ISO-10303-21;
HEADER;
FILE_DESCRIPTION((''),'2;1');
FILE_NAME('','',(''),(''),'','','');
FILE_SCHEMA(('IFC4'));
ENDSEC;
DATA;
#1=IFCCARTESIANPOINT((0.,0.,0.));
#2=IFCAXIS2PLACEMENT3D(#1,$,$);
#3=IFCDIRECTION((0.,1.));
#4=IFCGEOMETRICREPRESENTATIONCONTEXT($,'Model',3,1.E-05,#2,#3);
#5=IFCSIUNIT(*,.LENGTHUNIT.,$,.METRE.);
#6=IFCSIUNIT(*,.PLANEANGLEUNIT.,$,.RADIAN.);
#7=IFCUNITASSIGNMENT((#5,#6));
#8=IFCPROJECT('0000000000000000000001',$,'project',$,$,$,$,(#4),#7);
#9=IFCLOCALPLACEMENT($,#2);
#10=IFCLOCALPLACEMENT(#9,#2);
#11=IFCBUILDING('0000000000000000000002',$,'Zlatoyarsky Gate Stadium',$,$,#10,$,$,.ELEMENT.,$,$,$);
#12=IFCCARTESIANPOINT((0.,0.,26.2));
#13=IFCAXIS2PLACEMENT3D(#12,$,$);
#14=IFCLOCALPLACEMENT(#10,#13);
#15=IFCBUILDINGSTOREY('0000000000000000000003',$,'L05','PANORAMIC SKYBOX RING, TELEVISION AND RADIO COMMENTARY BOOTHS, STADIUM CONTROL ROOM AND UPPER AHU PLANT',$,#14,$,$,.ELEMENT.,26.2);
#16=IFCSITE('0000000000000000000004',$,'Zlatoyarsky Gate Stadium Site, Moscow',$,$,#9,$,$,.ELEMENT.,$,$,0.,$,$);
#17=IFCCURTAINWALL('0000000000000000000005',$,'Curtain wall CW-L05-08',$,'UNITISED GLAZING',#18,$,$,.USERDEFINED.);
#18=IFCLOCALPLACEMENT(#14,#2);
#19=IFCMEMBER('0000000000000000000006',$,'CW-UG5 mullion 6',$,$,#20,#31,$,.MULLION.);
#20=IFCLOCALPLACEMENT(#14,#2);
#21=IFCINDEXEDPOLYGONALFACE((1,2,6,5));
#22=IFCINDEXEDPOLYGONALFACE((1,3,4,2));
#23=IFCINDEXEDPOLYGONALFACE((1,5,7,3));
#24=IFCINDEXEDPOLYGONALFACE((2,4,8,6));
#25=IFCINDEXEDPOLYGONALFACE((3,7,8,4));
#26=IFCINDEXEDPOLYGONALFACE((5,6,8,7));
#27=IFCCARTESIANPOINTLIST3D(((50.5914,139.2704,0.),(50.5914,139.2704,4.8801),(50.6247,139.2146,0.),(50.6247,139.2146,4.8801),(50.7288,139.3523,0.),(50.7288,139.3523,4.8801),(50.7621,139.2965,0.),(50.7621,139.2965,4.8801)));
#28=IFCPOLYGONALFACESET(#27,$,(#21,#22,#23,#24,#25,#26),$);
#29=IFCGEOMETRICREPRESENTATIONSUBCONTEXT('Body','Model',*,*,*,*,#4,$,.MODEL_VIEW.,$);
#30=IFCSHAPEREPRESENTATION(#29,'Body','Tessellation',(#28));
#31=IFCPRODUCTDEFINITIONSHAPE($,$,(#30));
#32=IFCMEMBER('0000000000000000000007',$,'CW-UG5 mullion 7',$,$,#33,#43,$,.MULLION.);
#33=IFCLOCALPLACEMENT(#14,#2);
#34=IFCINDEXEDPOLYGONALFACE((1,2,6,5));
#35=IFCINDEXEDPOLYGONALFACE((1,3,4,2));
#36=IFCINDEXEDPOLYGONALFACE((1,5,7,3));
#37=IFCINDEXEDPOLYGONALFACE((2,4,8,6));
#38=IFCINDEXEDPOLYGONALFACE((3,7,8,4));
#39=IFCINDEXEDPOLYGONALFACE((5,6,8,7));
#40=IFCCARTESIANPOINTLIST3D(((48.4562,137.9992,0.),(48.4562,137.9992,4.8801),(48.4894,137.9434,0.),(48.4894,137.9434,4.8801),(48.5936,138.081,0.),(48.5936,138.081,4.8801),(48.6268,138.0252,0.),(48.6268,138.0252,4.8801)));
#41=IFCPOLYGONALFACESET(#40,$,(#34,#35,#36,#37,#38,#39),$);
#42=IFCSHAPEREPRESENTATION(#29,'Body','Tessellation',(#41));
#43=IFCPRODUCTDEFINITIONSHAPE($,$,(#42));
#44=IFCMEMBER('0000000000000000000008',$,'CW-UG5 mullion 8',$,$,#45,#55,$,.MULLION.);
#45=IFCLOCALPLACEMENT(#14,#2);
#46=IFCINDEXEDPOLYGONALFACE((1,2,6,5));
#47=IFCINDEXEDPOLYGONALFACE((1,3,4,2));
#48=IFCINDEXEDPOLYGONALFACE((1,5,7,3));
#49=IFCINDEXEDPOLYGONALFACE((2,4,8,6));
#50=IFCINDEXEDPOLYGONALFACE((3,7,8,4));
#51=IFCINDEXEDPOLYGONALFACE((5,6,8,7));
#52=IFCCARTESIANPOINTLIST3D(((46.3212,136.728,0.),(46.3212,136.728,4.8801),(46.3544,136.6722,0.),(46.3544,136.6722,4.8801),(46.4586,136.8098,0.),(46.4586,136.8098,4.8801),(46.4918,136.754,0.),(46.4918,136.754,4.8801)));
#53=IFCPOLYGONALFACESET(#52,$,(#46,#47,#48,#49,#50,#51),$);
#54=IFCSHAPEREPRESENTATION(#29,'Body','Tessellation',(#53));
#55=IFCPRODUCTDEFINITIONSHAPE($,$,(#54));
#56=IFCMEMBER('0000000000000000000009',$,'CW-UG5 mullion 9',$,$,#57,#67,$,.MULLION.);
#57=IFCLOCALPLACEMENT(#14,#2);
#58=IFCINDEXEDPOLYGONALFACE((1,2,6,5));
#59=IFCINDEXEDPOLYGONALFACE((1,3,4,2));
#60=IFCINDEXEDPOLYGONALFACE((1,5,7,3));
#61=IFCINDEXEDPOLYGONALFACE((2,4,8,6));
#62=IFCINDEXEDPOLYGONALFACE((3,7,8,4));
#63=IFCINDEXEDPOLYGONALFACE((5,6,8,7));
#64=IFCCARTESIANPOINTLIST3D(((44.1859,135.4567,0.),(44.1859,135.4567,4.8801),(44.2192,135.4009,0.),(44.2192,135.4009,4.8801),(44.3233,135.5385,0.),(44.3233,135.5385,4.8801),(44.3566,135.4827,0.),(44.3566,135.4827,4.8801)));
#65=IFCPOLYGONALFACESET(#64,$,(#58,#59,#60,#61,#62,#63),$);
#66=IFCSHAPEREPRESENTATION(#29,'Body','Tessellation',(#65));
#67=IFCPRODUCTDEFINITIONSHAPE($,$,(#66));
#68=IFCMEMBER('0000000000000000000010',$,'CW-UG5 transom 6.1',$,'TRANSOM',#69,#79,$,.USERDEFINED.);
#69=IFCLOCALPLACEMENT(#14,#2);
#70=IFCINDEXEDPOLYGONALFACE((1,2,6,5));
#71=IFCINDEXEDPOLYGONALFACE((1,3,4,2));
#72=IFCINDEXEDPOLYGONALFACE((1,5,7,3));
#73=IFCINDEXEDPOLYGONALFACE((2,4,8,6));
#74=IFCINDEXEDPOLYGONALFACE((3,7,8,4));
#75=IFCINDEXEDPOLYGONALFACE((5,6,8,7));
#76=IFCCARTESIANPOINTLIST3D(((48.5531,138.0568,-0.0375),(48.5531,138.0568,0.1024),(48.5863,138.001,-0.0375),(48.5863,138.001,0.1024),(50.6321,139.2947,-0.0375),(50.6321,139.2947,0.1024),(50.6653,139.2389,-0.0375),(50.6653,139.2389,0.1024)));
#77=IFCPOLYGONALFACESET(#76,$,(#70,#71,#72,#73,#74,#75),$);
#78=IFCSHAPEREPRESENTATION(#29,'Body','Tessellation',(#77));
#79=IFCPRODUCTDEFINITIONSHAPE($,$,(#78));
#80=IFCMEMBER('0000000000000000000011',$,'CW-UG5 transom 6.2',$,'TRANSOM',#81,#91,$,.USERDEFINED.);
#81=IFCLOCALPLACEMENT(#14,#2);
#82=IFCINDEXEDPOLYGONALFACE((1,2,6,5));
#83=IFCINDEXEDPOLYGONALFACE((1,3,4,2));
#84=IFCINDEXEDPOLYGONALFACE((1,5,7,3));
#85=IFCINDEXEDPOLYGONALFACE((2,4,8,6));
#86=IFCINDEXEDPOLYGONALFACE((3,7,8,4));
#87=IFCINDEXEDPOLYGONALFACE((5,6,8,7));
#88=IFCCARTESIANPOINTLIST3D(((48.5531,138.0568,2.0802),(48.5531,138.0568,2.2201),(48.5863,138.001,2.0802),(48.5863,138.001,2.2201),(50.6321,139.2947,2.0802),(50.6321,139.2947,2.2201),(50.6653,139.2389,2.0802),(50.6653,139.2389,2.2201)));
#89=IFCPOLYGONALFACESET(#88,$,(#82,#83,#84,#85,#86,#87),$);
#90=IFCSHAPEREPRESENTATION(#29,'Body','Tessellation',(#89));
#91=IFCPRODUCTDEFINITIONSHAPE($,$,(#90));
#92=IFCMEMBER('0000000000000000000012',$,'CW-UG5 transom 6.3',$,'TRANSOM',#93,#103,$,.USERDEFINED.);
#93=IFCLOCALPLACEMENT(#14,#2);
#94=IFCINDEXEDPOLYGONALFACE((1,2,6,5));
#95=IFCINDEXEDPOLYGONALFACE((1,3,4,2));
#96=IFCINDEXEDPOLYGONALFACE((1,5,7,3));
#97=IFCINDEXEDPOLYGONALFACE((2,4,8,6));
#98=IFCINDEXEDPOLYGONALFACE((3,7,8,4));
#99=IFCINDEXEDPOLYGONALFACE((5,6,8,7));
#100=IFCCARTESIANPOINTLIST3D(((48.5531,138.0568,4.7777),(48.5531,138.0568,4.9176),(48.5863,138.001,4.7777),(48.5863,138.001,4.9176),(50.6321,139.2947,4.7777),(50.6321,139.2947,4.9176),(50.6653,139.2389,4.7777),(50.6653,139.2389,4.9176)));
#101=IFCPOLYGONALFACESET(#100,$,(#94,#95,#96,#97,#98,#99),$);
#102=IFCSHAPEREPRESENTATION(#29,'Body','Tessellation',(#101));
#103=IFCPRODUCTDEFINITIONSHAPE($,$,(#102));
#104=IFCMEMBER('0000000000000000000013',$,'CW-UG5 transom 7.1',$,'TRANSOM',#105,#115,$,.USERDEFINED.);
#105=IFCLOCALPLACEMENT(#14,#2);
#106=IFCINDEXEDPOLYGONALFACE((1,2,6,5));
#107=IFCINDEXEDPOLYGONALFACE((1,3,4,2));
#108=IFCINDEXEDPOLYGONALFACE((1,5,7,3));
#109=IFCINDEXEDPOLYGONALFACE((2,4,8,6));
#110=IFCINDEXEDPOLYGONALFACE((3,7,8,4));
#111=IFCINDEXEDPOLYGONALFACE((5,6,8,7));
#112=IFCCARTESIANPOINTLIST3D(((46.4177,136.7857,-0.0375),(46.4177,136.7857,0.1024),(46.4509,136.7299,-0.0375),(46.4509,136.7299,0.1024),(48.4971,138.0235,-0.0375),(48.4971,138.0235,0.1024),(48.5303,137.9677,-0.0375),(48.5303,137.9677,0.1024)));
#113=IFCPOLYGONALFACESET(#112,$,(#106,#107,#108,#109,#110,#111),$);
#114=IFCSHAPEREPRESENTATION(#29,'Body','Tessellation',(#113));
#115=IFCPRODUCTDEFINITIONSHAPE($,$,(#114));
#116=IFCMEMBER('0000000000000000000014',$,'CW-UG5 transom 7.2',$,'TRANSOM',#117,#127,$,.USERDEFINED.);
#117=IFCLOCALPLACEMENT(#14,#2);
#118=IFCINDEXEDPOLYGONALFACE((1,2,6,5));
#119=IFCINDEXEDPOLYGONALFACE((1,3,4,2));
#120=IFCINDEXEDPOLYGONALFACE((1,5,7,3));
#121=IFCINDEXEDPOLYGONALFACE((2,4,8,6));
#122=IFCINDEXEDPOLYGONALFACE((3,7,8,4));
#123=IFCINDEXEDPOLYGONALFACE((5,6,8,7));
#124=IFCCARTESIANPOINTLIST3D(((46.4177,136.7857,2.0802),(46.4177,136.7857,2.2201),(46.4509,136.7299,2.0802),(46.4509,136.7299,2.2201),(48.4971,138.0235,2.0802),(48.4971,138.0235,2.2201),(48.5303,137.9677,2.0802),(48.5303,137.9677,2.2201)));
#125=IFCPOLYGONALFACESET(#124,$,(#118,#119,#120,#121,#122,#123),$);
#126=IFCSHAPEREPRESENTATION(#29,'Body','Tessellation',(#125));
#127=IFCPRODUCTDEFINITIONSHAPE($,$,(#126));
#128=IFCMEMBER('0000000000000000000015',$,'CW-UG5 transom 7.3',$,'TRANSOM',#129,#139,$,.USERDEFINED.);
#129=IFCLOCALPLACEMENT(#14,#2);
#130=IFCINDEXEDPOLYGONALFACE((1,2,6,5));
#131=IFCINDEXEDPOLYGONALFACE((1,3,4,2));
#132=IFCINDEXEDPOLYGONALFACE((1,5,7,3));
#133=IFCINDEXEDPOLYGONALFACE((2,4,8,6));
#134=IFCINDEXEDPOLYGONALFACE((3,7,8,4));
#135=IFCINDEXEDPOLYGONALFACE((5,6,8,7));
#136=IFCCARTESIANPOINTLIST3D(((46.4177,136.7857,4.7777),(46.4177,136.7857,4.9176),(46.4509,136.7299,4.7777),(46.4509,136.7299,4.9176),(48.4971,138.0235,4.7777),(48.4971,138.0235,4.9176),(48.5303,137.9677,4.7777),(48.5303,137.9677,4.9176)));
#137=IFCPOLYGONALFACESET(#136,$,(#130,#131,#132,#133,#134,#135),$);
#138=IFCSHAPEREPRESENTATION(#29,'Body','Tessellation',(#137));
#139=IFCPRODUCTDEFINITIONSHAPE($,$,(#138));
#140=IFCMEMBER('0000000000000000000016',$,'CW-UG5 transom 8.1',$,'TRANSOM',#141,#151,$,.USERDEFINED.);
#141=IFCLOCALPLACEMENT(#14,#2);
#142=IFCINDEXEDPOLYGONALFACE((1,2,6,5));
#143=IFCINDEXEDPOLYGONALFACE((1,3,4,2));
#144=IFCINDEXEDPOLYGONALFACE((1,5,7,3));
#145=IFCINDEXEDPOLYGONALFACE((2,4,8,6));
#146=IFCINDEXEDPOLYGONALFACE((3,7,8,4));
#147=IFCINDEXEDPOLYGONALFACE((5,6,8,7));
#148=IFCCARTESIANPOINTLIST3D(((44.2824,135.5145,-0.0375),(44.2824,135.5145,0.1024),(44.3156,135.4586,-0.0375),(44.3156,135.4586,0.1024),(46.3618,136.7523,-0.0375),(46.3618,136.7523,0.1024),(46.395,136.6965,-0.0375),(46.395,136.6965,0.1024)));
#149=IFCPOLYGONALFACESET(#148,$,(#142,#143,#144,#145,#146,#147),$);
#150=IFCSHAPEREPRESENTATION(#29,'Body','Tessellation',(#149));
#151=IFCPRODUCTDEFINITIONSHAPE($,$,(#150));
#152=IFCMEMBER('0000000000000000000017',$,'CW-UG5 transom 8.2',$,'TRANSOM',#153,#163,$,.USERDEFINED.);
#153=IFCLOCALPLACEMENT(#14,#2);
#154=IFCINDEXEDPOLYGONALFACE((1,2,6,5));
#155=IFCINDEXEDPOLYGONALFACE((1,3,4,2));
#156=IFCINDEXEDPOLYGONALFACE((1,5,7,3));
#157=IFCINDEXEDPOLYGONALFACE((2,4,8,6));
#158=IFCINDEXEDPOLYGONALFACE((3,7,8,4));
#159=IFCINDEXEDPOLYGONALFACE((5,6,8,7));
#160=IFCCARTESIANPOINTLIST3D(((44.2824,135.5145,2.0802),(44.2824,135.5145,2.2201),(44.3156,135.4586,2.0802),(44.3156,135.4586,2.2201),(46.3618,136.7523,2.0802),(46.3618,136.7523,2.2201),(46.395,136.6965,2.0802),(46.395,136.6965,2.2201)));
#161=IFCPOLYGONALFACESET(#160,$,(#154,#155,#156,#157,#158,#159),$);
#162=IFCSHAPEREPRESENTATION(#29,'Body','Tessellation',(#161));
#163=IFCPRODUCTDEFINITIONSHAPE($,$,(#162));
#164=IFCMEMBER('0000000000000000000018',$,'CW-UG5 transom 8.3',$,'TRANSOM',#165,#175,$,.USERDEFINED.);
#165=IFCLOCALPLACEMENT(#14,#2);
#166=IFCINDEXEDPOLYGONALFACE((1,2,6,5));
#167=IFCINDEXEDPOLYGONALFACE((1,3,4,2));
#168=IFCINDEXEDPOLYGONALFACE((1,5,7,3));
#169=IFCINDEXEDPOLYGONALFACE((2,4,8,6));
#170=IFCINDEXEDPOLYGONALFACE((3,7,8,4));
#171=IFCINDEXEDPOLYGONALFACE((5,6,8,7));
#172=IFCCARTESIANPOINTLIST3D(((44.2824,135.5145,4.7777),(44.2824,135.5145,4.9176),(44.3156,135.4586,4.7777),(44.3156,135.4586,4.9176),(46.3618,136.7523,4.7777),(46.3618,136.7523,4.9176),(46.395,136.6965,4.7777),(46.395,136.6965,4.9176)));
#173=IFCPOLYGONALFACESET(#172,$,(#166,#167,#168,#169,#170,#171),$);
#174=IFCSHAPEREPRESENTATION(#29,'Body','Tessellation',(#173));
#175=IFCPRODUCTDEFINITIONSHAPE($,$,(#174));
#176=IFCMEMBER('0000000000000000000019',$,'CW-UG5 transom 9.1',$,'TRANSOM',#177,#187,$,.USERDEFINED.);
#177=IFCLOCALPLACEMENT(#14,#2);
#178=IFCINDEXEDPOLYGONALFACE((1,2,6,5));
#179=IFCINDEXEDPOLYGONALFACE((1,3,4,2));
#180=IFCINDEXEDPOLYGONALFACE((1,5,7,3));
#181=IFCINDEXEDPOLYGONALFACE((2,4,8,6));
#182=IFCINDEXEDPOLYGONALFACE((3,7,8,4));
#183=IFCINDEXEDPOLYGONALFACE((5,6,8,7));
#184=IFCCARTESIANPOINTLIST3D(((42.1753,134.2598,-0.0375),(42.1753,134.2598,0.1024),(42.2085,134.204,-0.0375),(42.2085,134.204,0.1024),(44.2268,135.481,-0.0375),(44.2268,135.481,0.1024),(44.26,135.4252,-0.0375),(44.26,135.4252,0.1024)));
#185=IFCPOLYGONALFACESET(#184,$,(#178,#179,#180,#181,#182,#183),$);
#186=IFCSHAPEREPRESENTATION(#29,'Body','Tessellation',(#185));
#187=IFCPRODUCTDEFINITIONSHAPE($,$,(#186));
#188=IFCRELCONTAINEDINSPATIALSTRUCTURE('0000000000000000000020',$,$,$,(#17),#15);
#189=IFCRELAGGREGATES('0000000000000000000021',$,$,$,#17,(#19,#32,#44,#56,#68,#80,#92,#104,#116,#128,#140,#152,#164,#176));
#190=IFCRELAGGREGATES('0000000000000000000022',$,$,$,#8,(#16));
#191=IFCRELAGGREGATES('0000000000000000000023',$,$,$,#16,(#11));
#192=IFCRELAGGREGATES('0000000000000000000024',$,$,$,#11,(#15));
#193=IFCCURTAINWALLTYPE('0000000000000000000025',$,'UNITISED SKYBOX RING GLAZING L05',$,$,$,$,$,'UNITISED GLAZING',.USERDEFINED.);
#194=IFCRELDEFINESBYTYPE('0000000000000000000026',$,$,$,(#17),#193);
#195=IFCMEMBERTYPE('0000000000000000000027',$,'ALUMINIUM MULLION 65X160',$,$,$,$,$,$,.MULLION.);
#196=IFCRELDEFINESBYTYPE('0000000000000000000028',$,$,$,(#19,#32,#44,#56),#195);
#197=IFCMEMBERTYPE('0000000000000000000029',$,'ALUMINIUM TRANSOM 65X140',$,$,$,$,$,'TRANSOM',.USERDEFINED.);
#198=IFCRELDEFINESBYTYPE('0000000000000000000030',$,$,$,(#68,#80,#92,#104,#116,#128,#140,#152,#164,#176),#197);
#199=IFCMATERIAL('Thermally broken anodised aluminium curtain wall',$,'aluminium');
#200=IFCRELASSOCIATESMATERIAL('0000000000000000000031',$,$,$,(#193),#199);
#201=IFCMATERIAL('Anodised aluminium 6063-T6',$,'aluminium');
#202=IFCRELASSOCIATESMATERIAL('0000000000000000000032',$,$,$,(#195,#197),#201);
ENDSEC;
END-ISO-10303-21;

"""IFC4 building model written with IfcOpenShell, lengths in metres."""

from ifc_helpers import new_model, si_unit, direction, frame, origin, origin_2d, place, context, subcontext, project, spatial, rectangle, extrude, material, material_profile, profile_set, type_object, element, aggregate, save


model = new_model("IFC4")

# Units and contexts
model_context = context("Model", 3, precision=1e-05, world=origin(), true_north=direction((0.0, 1.0)))
body_context = subcontext(model_context, "Body", "Model", "MODEL_VIEW")
ifc_project = project(units=[si_unit("LENGTHUNIT", "METRE"), si_unit("PLANEANGLEUNIT", "RADIAN")], contexts=[model_context])

# Site, building, storey
site_placement = place(None, origin())
site = spatial("IfcSite", under=ifc_project, at=site_placement, Name="Zlatoyarsky Gate Stadium Site, Moscow", CompositionType="ELEMENT", RefElevation=0.0)
building_placement = place(site_placement, origin())
building = spatial("IfcBuilding", under=site, at=building_placement, Name="Zlatoyarsky Gate Stadium", CompositionType="ELEMENT")
storey_placement = place(building_placement, frame((0.0, 0.0, 26.2)))
storey = spatial("IfcBuildingStorey", under=building, at=storey_placement, Name="L05", Description="PANORAMIC SKYBOX RING, TELEVISION AND RADIO COMMENTARY BOOTHS, STADIUM CONTROL ROOM AND UPPER AHU PLANT", CompositionType="ELEMENT", Elevation=26.2)

# Curtain wall, members
ifc_material_1 = material(Name="Thermally broken anodised aluminium curtain wall", Category="aluminium")
curtain_wall_type = type_object("IfcCurtainWallType", Name="UNITISED SKYBOX RING GLAZING L05", ElementType="UNITISED GLAZING", PredefinedType="USERDEFINED", material=ifc_material_1)
curtain_wall_placement = place(storey_placement, origin())
curtain_wall = element("IfcCurtainWall", 1, at=curtain_wall_placement, inside=storey, type_object=curtain_wall_type, Name="Curtain wall CW-L05-08", ObjectType="UNITISED GLAZING", PredefinedType="USERDEFINED")
ifc_material_2 = material(Name="Anodised aluminium 6063-T6", Category="aluminium")
ifc_material_profile_1 = material_profile(ifc_material_2, rectangle(XDim=0.0649, YDim=0.1599, at=origin_2d()), Name="ALU 65X160")
ifc_profile_set_1 = profile_set([ifc_material_profile_1], Name="Anodised aluminium 6063-T6")
member_type_1 = type_object("IfcMemberType", Name="ALUMINIUM MULLION 65X160", PredefinedType="MULLION", material=ifc_profile_set_1)
member_1_placement = place(storey_placement, frame((50.6768, 139.2834, 0.0), z_axis=(0.0, 0.0, 1.0), x_axis=(0.511575, -0.859239, 0.0)))
member_1 = element("IfcMember", 2, at=member_1_placement, type_object=member_type_1, Name="CW-UG5 mullion 6", PredefinedType="MULLION", context=body_context, shape_type="SweptSolid", body=[
    extrude(rectangle(XDim=0.0649, YDim=0.1599, at=origin_2d()), origin(), (0.0, 0.0, 1.0), 4.8801),
])
member_2_placement = place(storey_placement, frame((48.5415, 138.0122, 0.0), z_axis=(0.0, 0.0, 1.0), x_axis=(0.511575, -0.859239, 0.0)))
member_2 = element("IfcMember", 3, at=member_2_placement, type_object=member_type_1, Name="CW-UG5 mullion 7", PredefinedType="MULLION", context=body_context, shape_type="SweptSolid", body=[
    extrude(rectangle(XDim=0.0649, YDim=0.1599, at=origin_2d()), origin(), (0.0, 0.0, 1.0), 4.8801),
])
member_3_placement = place(storey_placement, frame((46.4065, 136.741, 0.0), z_axis=(0.0, 0.0, 1.0), x_axis=(0.511575, -0.859239, 0.0)))
member_3 = element("IfcMember", 4, at=member_3_placement, type_object=member_type_1, Name="CW-UG5 mullion 8", PredefinedType="MULLION", context=body_context, shape_type="SweptSolid", body=[
    extrude(rectangle(XDim=0.0649, YDim=0.1599, at=origin_2d()), origin(), (0.0, 0.0, 1.0), 4.8801),
])
member_4_placement = place(storey_placement, frame((44.2712, 135.4697, 0.0), z_axis=(0.0, 0.0, 1.0), x_axis=(0.511575, -0.859239, 0.0)))
member_4 = element("IfcMember", 5, at=member_4_placement, type_object=member_type_1, Name="CW-UG5 mullion 9", PredefinedType="MULLION", context=body_context, shape_type="SweptSolid", body=[
    extrude(rectangle(XDim=0.0649, YDim=0.1599, at=origin_2d()), origin(), (0.0, 0.0, 1.0), 4.8801),
])
ifc_material_profile_2 = material_profile(ifc_material_2, rectangle(XDim=0.0649, YDim=0.1399, at=origin_2d()), Name="ALU 65X140")
ifc_profile_set_2 = profile_set([ifc_material_profile_2], Name="Anodised aluminium 6063-T6")
member_type_2 = type_object("IfcMemberType", Name="ALUMINIUM TRANSOM 65X140", ElementType="TRANSOM", PredefinedType="USERDEFINED", material=ifc_profile_set_2)
member_5_placement = place(storey_placement, frame((50.6487, 139.2668, 0.0325), z_axis=(-0.859206, -0.511629, 0.0), x_axis=(0.511629, -0.859206, 0.0)))
member_5 = element("IfcMember", 6, at=member_5_placement, type_object=member_type_2, Name="CW-UG5 transom 6.1", ObjectType="TRANSOM", PredefinedType="USERDEFINED", context=body_context, shape_type="SweptSolid", body=[
    extrude(rectangle(XDim=0.0649, YDim=0.1399, at=origin_2d()), origin(), (0.0, 0.0, 1.0), 2.4197),
])
member_6_placement = place(storey_placement, frame((50.6487, 139.2668, 2.1501), z_axis=(-0.859206, -0.511629, 0.0), x_axis=(0.511629, -0.859206, 0.0)))
member_6 = element("IfcMember", 7, at=member_6_placement, type_object=member_type_2, Name="CW-UG5 transom 6.2", ObjectType="TRANSOM", PredefinedType="USERDEFINED", context=body_context, shape_type="SweptSolid", body=[
    extrude(rectangle(XDim=0.0649, YDim=0.1399, at=origin_2d()), origin(), (0.0, 0.0, 1.0), 2.4197),
])
member_7_placement = place(storey_placement, frame((50.6487, 139.2668, 4.8477), z_axis=(-0.859206, -0.511629, 0.0), x_axis=(0.511629, -0.859206, 0.0)))
member_7 = element("IfcMember", 8, at=member_7_placement, type_object=member_type_2, Name="CW-UG5 transom 6.3", ObjectType="TRANSOM", PredefinedType="USERDEFINED", context=body_context, shape_type="SweptSolid", body=[
    extrude(rectangle(XDim=0.0649, YDim=0.1399, at=origin_2d()), origin(), (0.0, 0.0, 1.0), 2.4197),
])
member_8_placement = place(storey_placement, frame((48.5137, 137.9956, 0.0325), z_axis=(-0.859277, -0.51151, 0.0), x_axis=(0.51151, -0.859277, 0.0)))
member_8 = element("IfcMember", 9, at=member_8_placement, type_object=member_type_2, Name="CW-UG5 transom 7.1", ObjectType="TRANSOM", PredefinedType="USERDEFINED", context=body_context, shape_type="SweptSolid", body=[
    extrude(rectangle(XDim=0.0649, YDim=0.1399, at=origin_2d()), origin(), (0.0, 0.0, 1.0), 2.4199),
])
member_9_placement = place(storey_placement, frame((48.5137, 137.9956, 2.1501), z_axis=(-0.859277, -0.51151, 0.0), x_axis=(0.51151, -0.859277, 0.0)))
member_9 = element("IfcMember", 10, at=member_9_placement, type_object=member_type_2, Name="CW-UG5 transom 7.2", ObjectType="TRANSOM", PredefinedType="USERDEFINED", context=body_context, shape_type="SweptSolid", body=[
    extrude(rectangle(XDim=0.0649, YDim=0.1399, at=origin_2d()), origin(), (0.0, 0.0, 1.0), 2.4199),
])
member_10_placement = place(storey_placement, frame((48.5137, 137.9956, 4.8477), z_axis=(-0.859277, -0.51151, 0.0), x_axis=(0.51151, -0.859277, 0.0)))
member_10 = element("IfcMember", 11, at=member_10_placement, type_object=member_type_2, Name="CW-UG5 transom 7.3", ObjectType="TRANSOM", PredefinedType="USERDEFINED", context=body_context, shape_type="SweptSolid", body=[
    extrude(rectangle(XDim=0.0649, YDim=0.1399, at=origin_2d()), origin(), (0.0, 0.0, 1.0), 2.4199),
])
member_11_placement = place(storey_placement, frame((46.3784, 136.7244, 0.0325), z_axis=(-0.859277, -0.51151, 0.0), x_axis=(0.51151, -0.859277, 0.0)))
member_11 = element("IfcMember", 12, at=member_11_placement, type_object=member_type_2, Name="CW-UG5 transom 8.1", ObjectType="TRANSOM", PredefinedType="USERDEFINED", context=body_context, shape_type="SweptSolid", body=[
    extrude(rectangle(XDim=0.0649, YDim=0.1399, at=origin_2d()), origin(), (0.0, 0.0, 1.0), 2.4199),
])
member_12_placement = place(storey_placement, frame((46.3784, 136.7244, 2.1501), z_axis=(-0.859277, -0.51151, 0.0), x_axis=(0.51151, -0.859277, 0.0)))
member_12 = element("IfcMember", 13, at=member_12_placement, type_object=member_type_2, Name="CW-UG5 transom 8.2", ObjectType="TRANSOM", PredefinedType="USERDEFINED", context=body_context, shape_type="SweptSolid", body=[
    extrude(rectangle(XDim=0.0649, YDim=0.1399, at=origin_2d()), origin(), (0.0, 0.0, 1.0), 2.4199),
])
member_13_placement = place(storey_placement, frame((46.3784, 136.7244, 4.8477), z_axis=(-0.859277, -0.51151, 0.0), x_axis=(0.51151, -0.859277, 0.0)))
member_13 = element("IfcMember", 14, at=member_13_placement, type_object=member_type_2, Name="CW-UG5 transom 8.3", ObjectType="TRANSOM", PredefinedType="USERDEFINED", context=body_context, shape_type="SweptSolid", body=[
    extrude(rectangle(XDim=0.0649, YDim=0.1399, at=origin_2d()), origin(), (0.0, 0.0, 1.0), 2.4199),
])
member_14_placement = place(storey_placement, frame((44.2434, 135.4531, 0.0325), z_axis=(-0.859283, -0.5115, 0.0), x_axis=(0.5115, -0.859283, 0.0)))
member_14 = element("IfcMember", 15, at=member_14_placement, type_object=member_type_2, Name="CW-UG5 transom 9.1", ObjectType="TRANSOM", PredefinedType="USERDEFINED", context=body_context, shape_type="SweptSolid", body=[
    extrude(rectangle(XDim=0.0649, YDim=0.1399, at=origin_2d()), origin(), (0.0, 0.0, 1.0), 2.3875),
])

aggregate(curtain_wall, [member_1, member_2, member_3, member_4, member_5, member_6, member_7, member_8, member_9, member_10, member_11, member_12, member_13, member_14])

save(model, "model.ifc")
